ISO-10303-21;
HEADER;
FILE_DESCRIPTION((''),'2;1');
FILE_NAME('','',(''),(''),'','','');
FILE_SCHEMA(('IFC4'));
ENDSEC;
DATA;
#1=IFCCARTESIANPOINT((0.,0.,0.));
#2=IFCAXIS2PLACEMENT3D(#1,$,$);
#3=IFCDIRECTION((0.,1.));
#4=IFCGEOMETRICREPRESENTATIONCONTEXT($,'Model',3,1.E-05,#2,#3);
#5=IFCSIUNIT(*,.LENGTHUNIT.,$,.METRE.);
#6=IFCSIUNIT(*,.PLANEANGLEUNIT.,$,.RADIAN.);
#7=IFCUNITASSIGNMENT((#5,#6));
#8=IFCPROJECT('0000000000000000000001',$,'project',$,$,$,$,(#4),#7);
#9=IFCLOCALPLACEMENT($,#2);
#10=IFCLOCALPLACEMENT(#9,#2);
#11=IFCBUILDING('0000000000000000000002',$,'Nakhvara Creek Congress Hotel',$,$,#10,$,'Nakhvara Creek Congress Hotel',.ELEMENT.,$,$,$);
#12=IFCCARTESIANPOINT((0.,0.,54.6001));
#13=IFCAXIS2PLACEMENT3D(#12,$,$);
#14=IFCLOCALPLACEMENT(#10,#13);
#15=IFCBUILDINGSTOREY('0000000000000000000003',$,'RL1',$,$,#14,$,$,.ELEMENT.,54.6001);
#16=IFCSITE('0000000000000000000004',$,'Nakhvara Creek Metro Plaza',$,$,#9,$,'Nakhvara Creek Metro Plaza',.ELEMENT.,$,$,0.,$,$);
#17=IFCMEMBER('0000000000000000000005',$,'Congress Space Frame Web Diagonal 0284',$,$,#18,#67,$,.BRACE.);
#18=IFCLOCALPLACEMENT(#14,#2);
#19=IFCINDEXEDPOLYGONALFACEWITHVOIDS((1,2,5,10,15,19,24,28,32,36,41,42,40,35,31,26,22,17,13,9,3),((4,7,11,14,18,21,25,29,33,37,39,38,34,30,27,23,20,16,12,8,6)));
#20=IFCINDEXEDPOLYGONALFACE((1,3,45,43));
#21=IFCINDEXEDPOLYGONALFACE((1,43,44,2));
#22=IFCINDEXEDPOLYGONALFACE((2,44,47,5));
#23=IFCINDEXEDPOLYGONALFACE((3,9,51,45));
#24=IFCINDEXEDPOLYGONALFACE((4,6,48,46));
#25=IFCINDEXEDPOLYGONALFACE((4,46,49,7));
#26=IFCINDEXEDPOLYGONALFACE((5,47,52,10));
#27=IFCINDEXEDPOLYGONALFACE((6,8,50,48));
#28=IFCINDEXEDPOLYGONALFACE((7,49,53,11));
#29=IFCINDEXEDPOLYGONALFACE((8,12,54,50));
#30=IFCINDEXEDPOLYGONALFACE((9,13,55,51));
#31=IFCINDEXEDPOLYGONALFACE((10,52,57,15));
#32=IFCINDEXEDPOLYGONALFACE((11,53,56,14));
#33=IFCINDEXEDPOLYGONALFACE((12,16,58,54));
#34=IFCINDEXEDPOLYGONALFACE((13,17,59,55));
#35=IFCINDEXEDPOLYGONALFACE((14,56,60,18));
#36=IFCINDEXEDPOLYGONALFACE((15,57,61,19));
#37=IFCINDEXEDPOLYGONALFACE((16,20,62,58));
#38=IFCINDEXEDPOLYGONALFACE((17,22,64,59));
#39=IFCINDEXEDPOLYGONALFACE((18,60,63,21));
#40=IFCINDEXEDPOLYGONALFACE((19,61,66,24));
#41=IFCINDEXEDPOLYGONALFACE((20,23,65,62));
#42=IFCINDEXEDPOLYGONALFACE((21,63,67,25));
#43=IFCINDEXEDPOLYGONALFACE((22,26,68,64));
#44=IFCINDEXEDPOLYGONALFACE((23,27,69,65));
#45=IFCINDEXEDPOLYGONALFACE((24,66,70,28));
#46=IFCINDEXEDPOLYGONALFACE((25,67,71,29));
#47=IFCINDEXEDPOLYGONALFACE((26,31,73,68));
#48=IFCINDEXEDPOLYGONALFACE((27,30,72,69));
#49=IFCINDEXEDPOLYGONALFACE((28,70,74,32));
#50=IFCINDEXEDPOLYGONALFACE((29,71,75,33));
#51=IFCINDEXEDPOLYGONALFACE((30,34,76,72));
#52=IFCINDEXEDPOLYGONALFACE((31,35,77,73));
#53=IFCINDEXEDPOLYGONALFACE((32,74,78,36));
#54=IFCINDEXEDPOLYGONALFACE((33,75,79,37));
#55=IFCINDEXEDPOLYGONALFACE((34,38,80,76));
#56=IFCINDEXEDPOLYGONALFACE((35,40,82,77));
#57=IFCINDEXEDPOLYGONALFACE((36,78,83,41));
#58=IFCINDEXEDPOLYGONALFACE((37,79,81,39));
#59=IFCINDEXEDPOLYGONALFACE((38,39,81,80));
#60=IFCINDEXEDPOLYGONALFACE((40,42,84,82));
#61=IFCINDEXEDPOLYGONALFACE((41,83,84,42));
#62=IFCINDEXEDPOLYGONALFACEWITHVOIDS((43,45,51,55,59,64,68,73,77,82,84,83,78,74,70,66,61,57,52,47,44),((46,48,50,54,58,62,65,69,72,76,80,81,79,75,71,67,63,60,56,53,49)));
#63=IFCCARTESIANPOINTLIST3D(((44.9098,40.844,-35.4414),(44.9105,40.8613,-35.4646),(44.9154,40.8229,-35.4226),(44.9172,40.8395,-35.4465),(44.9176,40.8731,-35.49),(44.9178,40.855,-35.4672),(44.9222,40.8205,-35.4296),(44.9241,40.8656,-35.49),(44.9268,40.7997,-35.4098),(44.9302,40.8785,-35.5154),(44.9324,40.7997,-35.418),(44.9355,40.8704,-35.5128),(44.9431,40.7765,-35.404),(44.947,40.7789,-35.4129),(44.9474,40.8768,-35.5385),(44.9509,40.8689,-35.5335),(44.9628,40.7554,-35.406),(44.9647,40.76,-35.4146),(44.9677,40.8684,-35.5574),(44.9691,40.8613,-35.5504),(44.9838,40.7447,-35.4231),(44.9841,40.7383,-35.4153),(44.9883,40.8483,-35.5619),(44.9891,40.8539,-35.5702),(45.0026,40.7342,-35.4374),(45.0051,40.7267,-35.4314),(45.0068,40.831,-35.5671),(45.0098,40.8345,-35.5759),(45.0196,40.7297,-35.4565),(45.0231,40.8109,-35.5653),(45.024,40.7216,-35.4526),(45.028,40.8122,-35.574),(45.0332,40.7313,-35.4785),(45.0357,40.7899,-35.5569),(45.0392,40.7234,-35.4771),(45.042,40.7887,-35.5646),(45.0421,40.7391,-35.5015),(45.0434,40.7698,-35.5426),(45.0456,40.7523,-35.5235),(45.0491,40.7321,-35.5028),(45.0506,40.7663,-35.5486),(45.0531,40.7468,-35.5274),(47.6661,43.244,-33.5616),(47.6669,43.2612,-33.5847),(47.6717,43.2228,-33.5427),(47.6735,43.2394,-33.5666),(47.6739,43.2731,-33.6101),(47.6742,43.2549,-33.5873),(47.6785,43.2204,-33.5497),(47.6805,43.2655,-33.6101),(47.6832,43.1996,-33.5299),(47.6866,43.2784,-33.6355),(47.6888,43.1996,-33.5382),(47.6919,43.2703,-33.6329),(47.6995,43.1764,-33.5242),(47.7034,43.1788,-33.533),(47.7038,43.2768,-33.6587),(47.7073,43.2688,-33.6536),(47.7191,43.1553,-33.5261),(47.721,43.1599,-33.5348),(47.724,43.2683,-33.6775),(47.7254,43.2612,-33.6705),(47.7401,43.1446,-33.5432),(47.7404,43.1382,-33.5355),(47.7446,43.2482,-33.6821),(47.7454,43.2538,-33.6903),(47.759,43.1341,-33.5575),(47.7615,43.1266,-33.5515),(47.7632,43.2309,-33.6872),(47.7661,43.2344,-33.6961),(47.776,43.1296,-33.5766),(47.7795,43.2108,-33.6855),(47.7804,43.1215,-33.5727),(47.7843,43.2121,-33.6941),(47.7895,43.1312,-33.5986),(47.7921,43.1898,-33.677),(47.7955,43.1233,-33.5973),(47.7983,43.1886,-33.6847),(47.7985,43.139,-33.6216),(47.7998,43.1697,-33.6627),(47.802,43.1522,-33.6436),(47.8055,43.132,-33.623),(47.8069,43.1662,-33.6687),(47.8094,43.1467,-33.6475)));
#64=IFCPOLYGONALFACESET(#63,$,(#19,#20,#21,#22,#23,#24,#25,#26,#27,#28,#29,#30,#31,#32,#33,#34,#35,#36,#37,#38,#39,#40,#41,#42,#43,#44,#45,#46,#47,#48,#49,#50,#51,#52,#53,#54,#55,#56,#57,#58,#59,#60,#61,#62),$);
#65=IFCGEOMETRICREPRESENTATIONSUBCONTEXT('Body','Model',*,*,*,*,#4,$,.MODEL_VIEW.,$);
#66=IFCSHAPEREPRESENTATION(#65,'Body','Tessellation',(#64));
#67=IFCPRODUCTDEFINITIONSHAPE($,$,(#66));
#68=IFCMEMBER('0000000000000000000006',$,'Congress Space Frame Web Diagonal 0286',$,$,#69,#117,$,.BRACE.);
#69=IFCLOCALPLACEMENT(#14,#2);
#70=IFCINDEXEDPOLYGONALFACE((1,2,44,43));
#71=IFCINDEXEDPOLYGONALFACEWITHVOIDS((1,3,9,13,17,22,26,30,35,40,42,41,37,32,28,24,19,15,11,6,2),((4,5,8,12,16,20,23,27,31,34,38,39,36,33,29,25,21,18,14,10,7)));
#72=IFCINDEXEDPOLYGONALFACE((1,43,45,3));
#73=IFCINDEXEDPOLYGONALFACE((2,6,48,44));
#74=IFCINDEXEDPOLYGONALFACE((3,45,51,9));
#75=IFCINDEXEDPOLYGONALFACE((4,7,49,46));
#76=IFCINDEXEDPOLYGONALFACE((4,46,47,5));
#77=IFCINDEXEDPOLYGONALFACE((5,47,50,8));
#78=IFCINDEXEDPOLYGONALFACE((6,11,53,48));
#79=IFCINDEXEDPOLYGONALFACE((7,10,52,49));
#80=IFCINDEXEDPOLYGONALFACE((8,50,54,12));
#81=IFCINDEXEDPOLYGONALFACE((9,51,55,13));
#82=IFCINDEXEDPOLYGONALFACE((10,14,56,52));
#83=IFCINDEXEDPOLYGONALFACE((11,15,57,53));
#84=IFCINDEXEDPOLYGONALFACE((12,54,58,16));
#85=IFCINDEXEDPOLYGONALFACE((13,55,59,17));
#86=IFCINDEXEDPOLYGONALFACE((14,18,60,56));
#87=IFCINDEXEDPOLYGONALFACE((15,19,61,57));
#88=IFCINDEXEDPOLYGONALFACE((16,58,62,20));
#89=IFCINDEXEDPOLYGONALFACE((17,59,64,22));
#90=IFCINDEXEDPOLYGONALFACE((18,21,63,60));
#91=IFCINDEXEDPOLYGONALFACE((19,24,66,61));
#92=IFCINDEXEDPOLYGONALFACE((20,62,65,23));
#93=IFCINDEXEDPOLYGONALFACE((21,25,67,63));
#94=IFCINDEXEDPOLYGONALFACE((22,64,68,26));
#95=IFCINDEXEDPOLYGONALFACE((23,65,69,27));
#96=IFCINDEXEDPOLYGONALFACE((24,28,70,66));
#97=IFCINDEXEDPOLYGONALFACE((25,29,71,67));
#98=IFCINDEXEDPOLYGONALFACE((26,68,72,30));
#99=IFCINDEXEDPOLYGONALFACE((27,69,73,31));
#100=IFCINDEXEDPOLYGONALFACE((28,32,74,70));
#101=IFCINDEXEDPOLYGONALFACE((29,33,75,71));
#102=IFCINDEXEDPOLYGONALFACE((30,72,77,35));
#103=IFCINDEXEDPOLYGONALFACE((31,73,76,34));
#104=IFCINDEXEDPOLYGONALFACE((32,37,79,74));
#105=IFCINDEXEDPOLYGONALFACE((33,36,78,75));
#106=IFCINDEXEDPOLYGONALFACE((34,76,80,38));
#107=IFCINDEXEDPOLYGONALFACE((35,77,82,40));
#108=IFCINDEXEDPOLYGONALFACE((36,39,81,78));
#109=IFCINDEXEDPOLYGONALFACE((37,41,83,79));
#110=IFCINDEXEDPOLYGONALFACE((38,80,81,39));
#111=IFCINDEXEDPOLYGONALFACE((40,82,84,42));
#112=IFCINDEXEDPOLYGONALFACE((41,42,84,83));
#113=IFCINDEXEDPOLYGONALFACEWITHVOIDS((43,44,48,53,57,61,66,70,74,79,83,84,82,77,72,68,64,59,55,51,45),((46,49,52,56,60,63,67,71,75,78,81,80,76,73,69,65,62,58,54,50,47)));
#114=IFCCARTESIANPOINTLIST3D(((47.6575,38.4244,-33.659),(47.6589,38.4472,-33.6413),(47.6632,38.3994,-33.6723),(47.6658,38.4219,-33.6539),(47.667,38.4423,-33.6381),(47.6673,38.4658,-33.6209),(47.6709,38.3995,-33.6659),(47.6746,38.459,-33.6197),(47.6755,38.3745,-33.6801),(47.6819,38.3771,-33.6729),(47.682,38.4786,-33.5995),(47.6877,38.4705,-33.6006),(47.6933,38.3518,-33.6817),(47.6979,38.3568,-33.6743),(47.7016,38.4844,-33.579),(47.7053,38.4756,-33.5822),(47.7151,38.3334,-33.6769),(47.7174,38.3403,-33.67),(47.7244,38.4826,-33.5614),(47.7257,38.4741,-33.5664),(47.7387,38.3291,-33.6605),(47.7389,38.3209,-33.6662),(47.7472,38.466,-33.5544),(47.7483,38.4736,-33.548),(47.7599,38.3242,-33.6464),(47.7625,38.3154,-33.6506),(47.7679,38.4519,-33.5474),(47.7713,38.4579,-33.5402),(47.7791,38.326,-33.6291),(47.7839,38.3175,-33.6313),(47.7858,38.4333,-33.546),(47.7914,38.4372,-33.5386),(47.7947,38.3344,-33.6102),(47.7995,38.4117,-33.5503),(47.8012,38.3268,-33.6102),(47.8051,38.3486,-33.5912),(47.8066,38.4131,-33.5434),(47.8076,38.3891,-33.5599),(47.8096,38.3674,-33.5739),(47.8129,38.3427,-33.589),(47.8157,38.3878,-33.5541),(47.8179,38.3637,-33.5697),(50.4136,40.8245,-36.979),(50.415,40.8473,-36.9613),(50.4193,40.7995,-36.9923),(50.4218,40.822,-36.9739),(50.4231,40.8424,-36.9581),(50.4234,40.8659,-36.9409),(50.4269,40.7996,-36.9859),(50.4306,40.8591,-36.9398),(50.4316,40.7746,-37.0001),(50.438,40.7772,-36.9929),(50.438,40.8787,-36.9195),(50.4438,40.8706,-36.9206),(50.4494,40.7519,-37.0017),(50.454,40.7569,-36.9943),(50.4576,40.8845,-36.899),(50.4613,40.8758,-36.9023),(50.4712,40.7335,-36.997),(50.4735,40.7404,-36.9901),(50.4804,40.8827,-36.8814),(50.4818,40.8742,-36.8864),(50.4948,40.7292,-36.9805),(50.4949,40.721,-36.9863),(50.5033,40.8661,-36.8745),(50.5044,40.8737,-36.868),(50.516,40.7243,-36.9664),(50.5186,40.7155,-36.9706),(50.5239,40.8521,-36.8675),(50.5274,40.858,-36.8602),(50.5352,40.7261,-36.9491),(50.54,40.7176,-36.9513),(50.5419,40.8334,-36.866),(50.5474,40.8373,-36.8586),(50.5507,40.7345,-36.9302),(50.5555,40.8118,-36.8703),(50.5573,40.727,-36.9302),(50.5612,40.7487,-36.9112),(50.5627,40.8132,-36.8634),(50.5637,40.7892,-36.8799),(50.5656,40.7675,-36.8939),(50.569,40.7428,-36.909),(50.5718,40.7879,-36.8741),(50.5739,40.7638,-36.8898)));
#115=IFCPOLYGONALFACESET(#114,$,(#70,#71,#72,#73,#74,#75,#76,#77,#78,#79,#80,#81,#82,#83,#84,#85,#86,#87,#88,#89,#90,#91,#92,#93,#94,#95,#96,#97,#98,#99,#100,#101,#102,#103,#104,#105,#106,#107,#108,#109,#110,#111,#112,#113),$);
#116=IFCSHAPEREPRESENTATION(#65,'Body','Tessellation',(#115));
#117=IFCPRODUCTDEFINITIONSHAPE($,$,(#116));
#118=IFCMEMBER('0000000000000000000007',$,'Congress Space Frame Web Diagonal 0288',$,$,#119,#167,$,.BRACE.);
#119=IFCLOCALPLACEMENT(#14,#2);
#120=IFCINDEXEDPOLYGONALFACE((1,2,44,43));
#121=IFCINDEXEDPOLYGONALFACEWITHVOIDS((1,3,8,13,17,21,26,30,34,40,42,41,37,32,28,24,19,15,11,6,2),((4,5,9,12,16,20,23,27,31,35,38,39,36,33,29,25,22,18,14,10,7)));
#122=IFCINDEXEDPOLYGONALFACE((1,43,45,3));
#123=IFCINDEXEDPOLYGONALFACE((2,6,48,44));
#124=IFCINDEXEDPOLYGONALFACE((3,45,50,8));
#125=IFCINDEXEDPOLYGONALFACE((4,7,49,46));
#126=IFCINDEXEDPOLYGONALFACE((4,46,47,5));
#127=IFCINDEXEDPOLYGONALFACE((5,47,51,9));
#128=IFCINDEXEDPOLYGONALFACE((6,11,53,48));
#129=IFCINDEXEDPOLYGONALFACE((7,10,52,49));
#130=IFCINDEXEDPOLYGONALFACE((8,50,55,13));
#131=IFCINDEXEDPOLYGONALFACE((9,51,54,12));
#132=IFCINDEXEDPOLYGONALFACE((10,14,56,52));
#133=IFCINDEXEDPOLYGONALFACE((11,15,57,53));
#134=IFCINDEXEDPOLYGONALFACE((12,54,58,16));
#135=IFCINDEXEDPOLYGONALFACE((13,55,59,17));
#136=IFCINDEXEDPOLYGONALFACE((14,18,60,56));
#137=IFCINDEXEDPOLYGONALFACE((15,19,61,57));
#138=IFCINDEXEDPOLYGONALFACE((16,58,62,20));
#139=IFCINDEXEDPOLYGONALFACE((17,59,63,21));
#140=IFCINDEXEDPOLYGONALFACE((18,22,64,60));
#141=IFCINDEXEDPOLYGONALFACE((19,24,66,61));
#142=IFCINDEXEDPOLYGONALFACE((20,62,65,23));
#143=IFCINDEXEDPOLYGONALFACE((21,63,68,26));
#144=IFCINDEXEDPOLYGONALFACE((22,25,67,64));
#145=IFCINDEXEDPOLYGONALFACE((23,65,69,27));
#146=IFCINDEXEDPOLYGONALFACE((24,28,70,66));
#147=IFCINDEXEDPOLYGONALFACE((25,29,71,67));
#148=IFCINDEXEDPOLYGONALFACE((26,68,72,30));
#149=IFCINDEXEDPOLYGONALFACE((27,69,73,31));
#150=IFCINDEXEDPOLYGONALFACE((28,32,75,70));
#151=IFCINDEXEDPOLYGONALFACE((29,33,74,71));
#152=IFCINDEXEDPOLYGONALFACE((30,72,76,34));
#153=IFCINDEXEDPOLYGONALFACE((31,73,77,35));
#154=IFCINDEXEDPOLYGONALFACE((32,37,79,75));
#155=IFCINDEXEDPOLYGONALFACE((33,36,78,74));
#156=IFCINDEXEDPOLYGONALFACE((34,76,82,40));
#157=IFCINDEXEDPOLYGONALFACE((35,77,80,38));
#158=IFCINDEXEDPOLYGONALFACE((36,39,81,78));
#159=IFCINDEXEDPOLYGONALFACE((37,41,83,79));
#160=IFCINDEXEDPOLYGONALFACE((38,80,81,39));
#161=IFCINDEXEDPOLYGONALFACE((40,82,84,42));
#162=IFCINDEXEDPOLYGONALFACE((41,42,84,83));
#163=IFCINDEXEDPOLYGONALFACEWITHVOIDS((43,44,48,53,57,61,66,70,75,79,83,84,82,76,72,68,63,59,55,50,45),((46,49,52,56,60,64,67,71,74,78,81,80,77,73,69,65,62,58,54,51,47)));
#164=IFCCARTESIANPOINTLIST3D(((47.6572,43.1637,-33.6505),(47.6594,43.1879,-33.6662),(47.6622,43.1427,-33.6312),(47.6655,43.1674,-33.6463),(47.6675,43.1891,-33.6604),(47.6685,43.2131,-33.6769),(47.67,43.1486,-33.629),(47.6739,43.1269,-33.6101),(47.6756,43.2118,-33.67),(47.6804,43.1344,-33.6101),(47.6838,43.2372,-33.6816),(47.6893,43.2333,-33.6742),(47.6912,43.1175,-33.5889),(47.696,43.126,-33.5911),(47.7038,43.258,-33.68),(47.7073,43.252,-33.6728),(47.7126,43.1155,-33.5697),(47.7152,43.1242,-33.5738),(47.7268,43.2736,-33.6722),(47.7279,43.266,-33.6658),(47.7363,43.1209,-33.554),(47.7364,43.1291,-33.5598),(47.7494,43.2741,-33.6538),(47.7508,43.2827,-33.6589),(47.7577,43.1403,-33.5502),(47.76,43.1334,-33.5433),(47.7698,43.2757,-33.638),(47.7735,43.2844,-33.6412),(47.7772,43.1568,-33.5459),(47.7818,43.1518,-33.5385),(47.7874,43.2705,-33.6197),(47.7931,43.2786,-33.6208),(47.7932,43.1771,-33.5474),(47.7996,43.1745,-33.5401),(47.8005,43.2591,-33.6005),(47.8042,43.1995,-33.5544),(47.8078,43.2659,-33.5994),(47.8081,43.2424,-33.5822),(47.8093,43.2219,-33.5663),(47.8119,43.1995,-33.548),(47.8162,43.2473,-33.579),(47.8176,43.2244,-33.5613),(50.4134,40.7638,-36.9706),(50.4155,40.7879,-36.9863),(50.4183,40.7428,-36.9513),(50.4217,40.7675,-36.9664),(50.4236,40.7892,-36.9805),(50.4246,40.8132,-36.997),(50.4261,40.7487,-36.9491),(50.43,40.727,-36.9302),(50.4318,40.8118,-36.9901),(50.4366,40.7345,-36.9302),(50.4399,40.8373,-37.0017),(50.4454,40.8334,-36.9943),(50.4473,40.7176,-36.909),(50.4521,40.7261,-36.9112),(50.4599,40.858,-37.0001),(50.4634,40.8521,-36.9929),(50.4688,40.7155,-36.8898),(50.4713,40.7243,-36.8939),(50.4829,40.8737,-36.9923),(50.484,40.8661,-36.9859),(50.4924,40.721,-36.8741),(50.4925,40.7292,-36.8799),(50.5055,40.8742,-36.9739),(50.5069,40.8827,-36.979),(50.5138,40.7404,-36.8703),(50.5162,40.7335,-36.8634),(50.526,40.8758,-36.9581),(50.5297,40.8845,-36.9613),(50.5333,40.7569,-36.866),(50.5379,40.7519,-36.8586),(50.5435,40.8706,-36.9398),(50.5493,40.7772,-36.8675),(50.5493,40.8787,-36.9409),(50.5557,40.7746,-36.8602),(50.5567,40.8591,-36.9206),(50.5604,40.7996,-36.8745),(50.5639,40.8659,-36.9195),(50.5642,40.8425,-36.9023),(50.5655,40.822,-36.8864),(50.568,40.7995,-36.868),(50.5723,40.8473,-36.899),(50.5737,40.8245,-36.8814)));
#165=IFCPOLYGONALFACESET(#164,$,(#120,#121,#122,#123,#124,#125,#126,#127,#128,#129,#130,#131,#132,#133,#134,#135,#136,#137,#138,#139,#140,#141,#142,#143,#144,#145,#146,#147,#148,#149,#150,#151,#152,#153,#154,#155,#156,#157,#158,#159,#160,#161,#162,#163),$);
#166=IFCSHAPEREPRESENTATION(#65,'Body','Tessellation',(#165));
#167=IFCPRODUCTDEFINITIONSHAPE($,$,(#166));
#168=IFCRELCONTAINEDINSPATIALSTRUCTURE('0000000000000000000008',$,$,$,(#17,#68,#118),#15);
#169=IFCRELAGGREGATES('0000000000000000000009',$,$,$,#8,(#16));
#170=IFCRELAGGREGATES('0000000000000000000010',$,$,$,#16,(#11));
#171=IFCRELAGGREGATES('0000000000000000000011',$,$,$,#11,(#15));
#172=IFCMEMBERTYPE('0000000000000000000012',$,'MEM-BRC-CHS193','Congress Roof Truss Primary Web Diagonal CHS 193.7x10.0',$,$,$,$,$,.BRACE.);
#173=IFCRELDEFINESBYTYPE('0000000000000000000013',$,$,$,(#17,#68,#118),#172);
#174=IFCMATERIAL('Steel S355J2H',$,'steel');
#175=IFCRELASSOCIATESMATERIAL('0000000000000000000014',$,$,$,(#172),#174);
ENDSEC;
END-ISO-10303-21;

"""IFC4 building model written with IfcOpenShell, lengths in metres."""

from ifc_helpers import new_model, si_unit, direction, frame, origin, origin_2d, place, context, subcontext, project, spatial, hollow_circle, extrude, material, material_profile, profile_set, type_object, element, save


model = new_model("IFC4")

# Units and contexts
model_context = context("Model", 3, precision=1e-05, world=origin(), true_north=direction((0.0, 1.0)))
body_context = subcontext(model_context, "Body", "Model", "MODEL_VIEW")
ifc_project = project(units=[si_unit("LENGTHUNIT", "METRE"), si_unit("PLANEANGLEUNIT", "RADIAN")], contexts=[model_context])

# Site, building, storey
site_placement = place(None, origin())
site = spatial("IfcSite", under=ifc_project, at=site_placement, Name="Nakhvara Creek Metro Plaza", LongName="Nakhvara Creek Metro Plaza", CompositionType="ELEMENT", RefElevation=0.0)
building_placement = place(site_placement, origin())
building = spatial("IfcBuilding", under=site, at=building_placement, Name="Nakhvara Creek Congress Hotel", LongName="Nakhvara Creek Congress Hotel", CompositionType="ELEMENT")
storey_placement = place(building_placement, frame((0.0, 0.0, 54.6001)))
storey = spatial("IfcBuildingStorey", under=building, at=storey_placement, Name="RL1", CompositionType="ELEMENT", Elevation=54.6001)

# Members
ifc_material_1 = material(Name="Steel S355J2H", Category="steel")
ifc_material_profile_1 = material_profile(ifc_material_1, hollow_circle(Radius=0.0969, WallThickness=0.01, at=origin_2d()), Name="CHS 193.7x10.0", Category="LoadBearing")
ifc_profile_set_1 = profile_set([ifc_material_profile_1], Name="Steel S355J2H")
member_type_1 = type_object("IfcMemberType", Name="MEM-BRC-CHS193", Description="Congress Roof Truss Primary Web Diagonal CHS 193.7x10.0", PredefinedType="BRACE", material=ifc_profile_set_1)
member_1_placement = place(storey_placement, frame((44.9812, 40.8, -35.49), z_axis=(0.670667, 0.583938, 0.457408), x_axis=(-0.656658, 0.754188, 0.0)))
element("IfcMember", 1, at=member_1_placement, inside=storey, type_object=member_type_1, Name="Congress Space Frame Web Diagonal 0284", PredefinedType="BRACE", context=body_context, shape_type="SweptSolid", body=[
    extrude(hollow_circle(Radius=0.0969, WallThickness=0.01, at=origin_2d()), origin(), (0.0, 0.0, 1.0), 4.1099),
])
for number, where, z_axis, x_axis, name in (
    (2, (50.4937, 40.8, -36.9302), (-0.55819, -0.486098, 0.672408), (0.656729, -0.754126, 0.0), "Congress Space Frame Web Diagonal 0286"),
    (3, (50.4937, 40.8, -36.9302), (-0.558203, 0.48606, 0.672425), (-0.656691, -0.75416, 0.0), "Congress Space Frame Web Diagonal 0288"),
):
    element("IfcMember", number, at=place(storey_placement, frame(where, z_axis=z_axis, x_axis=x_axis)), inside=storey, type_object=member_type_1, Name=name, PredefinedType="BRACE", context=body_context, shape_type="SweptSolid", body=[
        extrude(hollow_circle(Radius=0.0969, WallThickness=0.01, at=origin_2d()), origin(), (0.0, 0.0, 1.0), 4.9375),
    ])

save(model, "model.ifc")
